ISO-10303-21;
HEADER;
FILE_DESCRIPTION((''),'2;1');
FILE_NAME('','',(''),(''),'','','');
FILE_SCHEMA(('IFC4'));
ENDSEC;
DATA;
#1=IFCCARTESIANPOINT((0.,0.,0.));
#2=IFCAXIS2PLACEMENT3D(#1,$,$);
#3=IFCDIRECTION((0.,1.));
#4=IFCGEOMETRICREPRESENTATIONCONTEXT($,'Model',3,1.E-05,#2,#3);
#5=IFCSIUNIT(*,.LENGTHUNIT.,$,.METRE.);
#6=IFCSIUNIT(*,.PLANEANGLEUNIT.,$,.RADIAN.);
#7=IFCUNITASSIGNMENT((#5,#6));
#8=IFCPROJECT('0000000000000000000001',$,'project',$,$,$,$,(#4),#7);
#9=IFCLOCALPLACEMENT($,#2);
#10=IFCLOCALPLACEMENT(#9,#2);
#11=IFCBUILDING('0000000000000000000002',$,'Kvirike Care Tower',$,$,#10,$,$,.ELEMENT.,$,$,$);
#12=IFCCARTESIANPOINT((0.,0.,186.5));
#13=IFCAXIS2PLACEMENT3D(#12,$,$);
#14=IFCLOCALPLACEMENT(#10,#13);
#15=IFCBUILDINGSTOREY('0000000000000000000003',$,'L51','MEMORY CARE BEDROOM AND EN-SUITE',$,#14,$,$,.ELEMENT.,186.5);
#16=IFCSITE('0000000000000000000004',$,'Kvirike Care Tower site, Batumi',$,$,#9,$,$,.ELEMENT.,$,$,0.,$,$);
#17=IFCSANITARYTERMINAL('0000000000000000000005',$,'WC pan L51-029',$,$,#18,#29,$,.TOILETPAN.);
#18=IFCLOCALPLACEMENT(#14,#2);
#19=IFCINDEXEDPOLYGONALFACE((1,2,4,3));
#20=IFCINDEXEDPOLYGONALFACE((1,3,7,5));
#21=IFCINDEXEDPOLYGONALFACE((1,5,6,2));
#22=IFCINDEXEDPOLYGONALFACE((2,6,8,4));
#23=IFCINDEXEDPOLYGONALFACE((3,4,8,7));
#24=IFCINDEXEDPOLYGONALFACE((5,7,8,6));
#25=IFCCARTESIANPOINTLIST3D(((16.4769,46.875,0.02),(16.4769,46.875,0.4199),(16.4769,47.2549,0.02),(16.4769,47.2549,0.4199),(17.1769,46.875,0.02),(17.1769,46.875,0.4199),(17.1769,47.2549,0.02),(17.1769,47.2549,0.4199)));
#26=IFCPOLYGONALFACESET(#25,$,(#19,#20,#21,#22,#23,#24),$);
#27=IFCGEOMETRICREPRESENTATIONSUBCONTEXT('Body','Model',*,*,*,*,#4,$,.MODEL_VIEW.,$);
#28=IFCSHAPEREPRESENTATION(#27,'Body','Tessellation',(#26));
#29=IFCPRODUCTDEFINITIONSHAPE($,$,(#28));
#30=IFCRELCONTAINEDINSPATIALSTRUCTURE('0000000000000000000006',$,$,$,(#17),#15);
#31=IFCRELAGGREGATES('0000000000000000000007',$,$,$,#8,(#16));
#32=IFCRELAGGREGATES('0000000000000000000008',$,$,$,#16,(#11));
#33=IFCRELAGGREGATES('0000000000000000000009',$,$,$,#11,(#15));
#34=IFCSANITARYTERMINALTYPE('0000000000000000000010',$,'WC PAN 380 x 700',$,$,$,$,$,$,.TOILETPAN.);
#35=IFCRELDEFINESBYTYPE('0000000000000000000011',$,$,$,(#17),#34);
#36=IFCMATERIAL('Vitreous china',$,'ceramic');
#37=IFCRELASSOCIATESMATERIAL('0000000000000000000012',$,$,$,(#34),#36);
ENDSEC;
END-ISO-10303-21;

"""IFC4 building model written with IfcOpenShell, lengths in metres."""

from ifc_helpers import new_model, si_unit, direction, frame, origin, origin_2d, place, context, subcontext, project, spatial, rectangle, extrude, material, type_object, element, save


model = new_model("IFC4")

# Units and contexts
model_context = context("Model", 3, precision=1e-05, world=origin(), true_north=direction((0.0, 1.0)))
body_context = subcontext(model_context, "Body", "Model", "MODEL_VIEW")
ifc_project = project(units=[si_unit("LENGTHUNIT", "METRE"), si_unit("PLANEANGLEUNIT", "RADIAN")], contexts=[model_context])

# Site, building, storey
site_placement = place(None, origin())
site = spatial("IfcSite", under=ifc_project, at=site_placement, Name="Kvirike Care Tower site, Batumi", CompositionType="ELEMENT", RefElevation=0.0)
building_placement = place(site_placement, origin())
building = spatial("IfcBuilding", under=site, at=building_placement, Name="Kvirike Care Tower", CompositionType="ELEMENT")
storey_placement = place(building_placement, frame((0.0, 0.0, 186.5)))
storey = spatial("IfcBuildingStorey", under=building, at=storey_placement, Name="L51", Description="MEMORY CARE BEDROOM AND EN-SUITE", CompositionType="ELEMENT", Elevation=186.5)

# Sanitary terminal
ifc_material_1 = material(Name="Vitreous china", Category="ceramic")
sanitary_terminal_type_1 = type_object("IfcSanitaryTerminalType", Name="WC PAN 380 x 700", PredefinedType="TOILETPAN", material=ifc_material_1)
sanitary_terminal_1_placement = place(storey_placement, frame((16.8269, 47.0649, 0.02), z_axis=(0.0, 0.0, 1.0), x_axis=(0.0, 1.0, 0.0)))
element("IfcSanitaryTerminal", 1, at=sanitary_terminal_1_placement, inside=storey, type_object=sanitary_terminal_type_1, Name="WC pan L51-029", PredefinedType="TOILETPAN", context=body_context, shape_type="SweptSolid", body=[
    extrude(rectangle(XDim=0.3799, YDim=0.7, at=origin_2d()), origin(), (0.0, 0.0, 1.0), 0.3999),
])

save(model, "model.ifc")
